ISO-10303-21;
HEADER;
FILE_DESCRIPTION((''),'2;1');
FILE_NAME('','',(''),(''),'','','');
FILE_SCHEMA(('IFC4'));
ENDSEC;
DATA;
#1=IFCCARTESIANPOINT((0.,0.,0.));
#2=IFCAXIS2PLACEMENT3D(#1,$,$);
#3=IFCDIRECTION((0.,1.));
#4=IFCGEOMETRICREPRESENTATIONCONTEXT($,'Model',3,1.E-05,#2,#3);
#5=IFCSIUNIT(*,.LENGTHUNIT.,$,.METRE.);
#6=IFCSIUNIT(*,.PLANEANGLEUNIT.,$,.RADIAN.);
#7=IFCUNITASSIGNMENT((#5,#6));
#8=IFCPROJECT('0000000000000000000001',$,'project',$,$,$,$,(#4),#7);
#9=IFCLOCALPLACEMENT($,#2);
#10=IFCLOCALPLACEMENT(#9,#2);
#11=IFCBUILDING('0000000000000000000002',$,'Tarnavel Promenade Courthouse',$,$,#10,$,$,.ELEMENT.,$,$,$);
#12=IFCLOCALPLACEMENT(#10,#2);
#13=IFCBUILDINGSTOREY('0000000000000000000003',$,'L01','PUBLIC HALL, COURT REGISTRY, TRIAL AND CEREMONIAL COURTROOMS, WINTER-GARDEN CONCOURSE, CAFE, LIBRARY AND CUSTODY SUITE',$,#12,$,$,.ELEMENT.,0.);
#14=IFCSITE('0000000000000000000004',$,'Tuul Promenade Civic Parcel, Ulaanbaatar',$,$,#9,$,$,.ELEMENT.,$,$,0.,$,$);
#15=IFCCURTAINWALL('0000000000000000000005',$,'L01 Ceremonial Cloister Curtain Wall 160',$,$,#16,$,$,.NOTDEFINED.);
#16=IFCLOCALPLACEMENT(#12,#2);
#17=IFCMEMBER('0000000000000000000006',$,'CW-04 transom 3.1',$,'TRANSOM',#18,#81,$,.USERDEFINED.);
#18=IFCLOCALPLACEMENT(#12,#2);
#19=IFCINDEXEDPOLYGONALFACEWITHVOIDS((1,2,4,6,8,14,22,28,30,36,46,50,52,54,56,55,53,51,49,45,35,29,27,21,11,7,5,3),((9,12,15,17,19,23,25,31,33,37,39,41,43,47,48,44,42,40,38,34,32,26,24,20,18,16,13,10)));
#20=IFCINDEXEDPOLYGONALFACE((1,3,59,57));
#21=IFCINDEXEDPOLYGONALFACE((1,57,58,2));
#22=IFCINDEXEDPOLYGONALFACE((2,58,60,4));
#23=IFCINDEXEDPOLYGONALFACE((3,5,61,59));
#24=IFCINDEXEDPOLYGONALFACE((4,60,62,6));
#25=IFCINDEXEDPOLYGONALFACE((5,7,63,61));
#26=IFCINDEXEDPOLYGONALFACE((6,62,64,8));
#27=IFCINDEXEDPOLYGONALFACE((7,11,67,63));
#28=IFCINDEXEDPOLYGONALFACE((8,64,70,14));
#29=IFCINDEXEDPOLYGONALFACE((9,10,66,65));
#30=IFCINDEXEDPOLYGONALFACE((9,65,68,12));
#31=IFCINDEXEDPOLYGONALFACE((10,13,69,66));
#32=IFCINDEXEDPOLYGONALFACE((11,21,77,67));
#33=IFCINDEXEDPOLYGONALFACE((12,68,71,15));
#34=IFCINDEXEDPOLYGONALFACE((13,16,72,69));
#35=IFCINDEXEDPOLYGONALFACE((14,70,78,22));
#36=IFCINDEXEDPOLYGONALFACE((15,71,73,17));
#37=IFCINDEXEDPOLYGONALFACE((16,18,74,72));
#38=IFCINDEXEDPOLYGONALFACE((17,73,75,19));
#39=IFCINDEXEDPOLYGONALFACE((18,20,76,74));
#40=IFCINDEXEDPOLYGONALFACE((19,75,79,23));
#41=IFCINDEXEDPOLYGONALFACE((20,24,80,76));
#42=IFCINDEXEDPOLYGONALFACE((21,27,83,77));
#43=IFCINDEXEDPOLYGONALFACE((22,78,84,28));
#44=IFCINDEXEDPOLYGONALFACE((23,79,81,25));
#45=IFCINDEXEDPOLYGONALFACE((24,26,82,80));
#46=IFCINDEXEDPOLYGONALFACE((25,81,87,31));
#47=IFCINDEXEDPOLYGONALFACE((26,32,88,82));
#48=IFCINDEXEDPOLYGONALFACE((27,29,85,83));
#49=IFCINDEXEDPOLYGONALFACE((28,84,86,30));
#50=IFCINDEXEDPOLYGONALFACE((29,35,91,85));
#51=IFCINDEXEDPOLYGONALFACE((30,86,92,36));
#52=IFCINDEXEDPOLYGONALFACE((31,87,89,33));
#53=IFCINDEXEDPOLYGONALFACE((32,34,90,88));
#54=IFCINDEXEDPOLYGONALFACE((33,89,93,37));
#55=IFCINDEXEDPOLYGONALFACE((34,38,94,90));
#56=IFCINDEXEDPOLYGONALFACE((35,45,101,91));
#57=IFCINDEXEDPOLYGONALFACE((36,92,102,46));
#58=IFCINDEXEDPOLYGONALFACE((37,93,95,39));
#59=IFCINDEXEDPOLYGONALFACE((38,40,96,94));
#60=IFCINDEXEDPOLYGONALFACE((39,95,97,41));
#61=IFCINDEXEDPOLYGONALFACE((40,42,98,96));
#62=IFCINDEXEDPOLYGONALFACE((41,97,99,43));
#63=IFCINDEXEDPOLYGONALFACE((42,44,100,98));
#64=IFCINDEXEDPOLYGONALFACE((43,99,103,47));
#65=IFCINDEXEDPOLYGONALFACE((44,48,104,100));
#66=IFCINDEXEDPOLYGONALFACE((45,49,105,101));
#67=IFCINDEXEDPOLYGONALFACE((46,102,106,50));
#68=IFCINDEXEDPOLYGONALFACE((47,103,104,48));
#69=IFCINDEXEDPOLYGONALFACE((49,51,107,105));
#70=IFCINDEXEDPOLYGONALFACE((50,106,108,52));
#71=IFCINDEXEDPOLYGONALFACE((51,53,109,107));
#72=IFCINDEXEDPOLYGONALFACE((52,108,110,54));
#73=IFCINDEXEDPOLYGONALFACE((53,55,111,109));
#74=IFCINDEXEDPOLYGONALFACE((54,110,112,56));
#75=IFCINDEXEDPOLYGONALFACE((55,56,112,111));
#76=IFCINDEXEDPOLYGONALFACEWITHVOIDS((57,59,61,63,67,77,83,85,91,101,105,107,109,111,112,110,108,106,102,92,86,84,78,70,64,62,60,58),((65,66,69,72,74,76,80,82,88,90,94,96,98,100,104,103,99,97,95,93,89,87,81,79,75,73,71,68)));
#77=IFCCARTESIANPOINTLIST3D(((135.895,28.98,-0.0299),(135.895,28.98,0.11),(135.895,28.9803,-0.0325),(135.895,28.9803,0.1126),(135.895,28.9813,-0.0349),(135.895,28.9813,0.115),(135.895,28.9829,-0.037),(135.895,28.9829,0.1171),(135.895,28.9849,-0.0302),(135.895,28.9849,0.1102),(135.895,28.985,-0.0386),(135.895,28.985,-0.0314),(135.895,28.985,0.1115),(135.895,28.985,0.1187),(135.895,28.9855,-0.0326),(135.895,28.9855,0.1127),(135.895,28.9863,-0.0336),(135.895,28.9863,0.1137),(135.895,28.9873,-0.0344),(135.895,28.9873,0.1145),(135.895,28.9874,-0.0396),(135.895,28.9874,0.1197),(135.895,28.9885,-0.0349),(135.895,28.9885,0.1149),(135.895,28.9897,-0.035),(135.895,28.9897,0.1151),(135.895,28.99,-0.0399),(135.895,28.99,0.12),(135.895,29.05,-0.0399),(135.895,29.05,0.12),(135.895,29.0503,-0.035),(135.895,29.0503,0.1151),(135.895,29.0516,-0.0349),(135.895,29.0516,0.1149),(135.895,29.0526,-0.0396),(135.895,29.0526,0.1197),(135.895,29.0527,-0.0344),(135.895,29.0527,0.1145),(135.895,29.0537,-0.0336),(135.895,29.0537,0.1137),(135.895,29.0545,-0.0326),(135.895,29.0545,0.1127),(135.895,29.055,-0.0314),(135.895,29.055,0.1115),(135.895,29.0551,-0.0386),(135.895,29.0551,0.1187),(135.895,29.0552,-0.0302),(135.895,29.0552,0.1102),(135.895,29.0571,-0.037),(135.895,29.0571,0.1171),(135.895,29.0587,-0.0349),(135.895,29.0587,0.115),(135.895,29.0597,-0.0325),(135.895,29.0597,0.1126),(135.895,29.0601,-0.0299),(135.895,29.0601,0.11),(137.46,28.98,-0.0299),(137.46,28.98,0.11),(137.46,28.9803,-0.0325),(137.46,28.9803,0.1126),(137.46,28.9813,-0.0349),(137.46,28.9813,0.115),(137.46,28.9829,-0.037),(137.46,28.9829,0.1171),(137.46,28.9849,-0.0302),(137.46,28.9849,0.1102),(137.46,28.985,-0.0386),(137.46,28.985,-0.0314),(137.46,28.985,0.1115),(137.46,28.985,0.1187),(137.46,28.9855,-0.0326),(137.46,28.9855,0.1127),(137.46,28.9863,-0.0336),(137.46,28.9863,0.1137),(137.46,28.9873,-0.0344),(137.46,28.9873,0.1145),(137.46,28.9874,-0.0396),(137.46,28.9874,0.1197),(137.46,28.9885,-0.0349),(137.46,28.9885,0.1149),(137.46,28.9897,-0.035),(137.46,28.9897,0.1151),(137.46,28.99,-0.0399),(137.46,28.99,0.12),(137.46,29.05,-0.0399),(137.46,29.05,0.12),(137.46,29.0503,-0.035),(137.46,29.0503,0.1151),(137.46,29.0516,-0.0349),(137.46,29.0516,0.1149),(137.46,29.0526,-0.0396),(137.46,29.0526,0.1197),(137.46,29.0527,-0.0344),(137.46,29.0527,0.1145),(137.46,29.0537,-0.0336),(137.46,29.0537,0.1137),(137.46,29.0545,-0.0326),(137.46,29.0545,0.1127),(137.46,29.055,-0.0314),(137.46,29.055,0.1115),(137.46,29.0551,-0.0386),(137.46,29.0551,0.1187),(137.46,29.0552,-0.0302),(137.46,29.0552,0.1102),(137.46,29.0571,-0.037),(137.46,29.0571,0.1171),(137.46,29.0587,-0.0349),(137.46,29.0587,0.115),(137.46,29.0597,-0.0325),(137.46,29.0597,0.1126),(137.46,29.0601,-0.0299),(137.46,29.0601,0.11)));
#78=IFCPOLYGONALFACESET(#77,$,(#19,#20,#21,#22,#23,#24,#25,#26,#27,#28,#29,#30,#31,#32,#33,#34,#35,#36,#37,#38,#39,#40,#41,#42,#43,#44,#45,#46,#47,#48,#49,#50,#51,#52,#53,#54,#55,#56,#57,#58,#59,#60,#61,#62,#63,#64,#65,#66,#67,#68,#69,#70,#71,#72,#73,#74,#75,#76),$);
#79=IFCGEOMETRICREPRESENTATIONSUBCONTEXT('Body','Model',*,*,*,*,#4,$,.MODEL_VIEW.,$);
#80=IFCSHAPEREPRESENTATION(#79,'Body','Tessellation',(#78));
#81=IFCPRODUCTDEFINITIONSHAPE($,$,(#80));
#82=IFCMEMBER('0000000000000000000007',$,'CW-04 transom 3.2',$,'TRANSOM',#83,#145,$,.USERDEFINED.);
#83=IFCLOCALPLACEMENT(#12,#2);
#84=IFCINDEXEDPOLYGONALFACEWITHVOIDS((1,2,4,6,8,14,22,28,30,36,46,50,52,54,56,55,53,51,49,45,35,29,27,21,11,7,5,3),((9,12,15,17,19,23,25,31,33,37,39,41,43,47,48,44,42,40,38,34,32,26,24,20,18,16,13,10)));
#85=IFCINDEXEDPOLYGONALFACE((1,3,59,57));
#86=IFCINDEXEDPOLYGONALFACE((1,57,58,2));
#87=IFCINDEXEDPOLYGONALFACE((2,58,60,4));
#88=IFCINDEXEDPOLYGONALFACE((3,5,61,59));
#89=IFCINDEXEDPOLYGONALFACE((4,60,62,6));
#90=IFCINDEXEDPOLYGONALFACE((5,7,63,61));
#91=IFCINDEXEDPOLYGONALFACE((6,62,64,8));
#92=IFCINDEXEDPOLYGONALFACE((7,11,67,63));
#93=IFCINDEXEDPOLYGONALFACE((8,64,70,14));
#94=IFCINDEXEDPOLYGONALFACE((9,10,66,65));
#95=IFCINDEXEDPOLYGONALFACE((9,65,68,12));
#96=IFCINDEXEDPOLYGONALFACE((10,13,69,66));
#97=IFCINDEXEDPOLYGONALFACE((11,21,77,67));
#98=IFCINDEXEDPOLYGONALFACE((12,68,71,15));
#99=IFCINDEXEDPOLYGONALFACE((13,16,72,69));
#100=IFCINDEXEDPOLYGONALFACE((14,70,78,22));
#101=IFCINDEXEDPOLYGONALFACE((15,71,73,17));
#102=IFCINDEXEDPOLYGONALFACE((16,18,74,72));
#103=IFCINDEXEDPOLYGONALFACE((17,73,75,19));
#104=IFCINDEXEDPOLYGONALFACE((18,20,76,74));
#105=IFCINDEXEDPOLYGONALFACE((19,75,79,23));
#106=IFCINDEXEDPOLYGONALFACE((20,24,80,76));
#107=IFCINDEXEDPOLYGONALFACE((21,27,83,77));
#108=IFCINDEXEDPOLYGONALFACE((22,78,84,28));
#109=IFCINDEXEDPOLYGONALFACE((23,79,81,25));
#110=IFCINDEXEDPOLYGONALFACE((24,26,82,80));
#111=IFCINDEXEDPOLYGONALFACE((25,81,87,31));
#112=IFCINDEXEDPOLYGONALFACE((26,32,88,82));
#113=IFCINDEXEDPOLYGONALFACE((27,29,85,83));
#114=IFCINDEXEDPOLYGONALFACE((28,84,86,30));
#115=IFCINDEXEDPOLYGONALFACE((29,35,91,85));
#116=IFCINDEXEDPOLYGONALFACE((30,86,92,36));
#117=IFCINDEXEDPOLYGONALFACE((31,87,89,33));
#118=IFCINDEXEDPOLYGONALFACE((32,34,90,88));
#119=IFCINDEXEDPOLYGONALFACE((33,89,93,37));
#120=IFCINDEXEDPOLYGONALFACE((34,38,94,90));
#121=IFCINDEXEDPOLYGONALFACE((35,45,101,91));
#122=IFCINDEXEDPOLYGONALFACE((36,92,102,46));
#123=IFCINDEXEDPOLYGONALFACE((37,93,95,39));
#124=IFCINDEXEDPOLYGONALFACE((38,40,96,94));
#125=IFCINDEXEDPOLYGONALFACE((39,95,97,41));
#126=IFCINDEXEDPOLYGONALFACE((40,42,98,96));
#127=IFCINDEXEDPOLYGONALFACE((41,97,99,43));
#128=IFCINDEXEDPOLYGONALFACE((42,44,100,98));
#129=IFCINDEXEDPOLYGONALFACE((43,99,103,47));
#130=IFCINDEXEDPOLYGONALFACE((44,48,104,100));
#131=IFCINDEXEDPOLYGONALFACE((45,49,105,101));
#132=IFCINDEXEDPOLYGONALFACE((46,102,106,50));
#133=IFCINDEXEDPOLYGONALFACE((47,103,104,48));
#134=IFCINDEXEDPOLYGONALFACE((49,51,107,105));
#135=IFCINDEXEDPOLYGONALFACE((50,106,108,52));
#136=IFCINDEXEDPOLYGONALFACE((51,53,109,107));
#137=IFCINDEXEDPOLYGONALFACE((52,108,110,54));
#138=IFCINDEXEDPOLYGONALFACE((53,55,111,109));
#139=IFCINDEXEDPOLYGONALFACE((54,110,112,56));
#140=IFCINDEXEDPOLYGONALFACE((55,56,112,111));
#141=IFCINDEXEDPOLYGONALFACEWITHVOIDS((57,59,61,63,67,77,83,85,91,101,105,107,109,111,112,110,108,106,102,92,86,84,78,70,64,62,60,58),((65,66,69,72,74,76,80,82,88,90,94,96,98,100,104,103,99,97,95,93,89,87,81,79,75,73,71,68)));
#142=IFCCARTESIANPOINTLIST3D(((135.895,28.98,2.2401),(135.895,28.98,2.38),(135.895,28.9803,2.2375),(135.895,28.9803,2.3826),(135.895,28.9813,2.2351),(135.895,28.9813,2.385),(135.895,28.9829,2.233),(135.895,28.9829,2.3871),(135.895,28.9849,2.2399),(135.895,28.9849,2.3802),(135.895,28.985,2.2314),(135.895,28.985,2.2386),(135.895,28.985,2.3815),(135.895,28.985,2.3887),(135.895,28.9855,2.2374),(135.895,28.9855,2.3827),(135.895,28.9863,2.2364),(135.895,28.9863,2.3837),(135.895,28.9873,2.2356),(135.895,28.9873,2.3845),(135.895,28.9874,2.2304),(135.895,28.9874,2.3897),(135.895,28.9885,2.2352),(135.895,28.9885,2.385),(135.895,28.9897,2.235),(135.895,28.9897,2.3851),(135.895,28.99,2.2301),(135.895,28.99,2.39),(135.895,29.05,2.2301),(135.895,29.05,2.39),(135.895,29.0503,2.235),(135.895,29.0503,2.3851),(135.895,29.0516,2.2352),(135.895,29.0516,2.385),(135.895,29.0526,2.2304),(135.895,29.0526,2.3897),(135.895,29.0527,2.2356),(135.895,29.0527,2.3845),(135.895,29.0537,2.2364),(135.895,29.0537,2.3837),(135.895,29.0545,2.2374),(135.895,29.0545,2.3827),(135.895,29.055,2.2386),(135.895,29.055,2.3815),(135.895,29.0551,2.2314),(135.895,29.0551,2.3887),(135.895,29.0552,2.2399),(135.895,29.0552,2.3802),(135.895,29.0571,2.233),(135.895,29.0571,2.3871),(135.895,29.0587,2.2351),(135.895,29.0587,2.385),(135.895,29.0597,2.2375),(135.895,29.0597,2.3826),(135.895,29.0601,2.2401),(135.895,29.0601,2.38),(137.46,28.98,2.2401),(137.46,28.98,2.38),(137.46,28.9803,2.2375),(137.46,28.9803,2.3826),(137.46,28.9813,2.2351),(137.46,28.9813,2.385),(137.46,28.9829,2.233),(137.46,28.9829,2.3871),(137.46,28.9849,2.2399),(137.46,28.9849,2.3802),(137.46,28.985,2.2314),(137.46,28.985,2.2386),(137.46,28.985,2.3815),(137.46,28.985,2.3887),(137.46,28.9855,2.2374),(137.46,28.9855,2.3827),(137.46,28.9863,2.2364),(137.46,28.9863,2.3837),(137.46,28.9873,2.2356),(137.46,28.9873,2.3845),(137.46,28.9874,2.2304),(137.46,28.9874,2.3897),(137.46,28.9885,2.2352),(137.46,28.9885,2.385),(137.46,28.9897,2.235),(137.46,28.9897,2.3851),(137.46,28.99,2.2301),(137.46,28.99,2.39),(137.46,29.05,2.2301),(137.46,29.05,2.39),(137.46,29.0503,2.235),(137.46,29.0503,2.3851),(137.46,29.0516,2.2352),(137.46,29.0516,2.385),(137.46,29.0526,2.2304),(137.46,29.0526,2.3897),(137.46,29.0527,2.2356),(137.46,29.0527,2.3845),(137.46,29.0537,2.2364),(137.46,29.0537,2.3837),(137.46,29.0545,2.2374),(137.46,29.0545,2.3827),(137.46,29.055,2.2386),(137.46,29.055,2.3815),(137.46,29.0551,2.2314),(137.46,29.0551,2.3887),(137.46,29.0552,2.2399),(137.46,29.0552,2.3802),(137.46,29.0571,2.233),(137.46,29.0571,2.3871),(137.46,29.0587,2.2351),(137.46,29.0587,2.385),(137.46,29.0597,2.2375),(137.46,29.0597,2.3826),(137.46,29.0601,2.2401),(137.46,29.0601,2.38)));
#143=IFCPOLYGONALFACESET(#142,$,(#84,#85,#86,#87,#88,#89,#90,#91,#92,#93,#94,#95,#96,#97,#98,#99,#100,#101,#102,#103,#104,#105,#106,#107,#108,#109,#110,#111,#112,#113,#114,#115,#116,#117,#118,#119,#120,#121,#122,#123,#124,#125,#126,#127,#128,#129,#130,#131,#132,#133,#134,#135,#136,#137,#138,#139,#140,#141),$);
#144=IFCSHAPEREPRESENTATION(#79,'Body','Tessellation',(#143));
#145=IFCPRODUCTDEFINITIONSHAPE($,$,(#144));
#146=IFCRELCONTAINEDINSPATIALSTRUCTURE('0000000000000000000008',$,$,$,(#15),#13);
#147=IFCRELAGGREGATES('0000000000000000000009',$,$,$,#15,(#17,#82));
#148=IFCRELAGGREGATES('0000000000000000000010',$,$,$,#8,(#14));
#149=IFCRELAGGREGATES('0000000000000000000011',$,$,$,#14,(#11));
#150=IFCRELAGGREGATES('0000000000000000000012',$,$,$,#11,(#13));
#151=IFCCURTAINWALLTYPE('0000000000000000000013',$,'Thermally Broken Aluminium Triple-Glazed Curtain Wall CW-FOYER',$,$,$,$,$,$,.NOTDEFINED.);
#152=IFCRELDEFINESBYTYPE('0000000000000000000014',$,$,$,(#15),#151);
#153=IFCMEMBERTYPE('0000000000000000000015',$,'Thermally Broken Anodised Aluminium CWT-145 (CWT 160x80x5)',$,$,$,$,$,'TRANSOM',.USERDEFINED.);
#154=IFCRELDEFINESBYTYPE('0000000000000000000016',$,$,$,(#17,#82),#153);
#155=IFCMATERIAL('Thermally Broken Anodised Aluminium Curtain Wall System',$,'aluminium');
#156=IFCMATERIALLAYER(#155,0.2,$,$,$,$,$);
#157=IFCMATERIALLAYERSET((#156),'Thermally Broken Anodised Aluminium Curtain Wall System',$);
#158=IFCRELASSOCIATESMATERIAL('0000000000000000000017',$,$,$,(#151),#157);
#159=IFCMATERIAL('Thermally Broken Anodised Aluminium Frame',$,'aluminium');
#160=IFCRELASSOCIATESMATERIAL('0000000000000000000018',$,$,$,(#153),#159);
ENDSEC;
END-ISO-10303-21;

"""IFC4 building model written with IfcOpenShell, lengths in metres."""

from ifc_helpers import new_model, si_unit, direction, frame, origin, origin_2d, place, context, subcontext, project, spatial, hollow_rectangle, extrude, material, layer, layer_set, material_profile, profile_set, type_object, element, aggregate, save


model = new_model("IFC4")

# Units and contexts
model_context = context("Model", 3, precision=1e-05, world=origin(), true_north=direction((0.0, 1.0)))
body_context = subcontext(model_context, "Body", "Model", "MODEL_VIEW")
ifc_project = project(units=[si_unit("LENGTHUNIT", "METRE"), si_unit("PLANEANGLEUNIT", "RADIAN")], contexts=[model_context])

# Site, building, storey
site_placement = place(None, origin())
site = spatial("IfcSite", under=ifc_project, at=site_placement, Name="Tuul Promenade Civic Parcel, Ulaanbaatar", CompositionType="ELEMENT", RefElevation=0.0)
building_placement = place(site_placement, origin())
building = spatial("IfcBuilding", under=site, at=building_placement, Name="Tarnavel Promenade Courthouse", CompositionType="ELEMENT")
storey_placement = place(building_placement, origin())
storey = spatial("IfcBuildingStorey", under=building, at=storey_placement, Name="L01", Description="PUBLIC HALL, COURT REGISTRY, TRIAL AND CEREMONIAL COURTROOMS, WINTER-GARDEN CONCOURSE, CAFE, LIBRARY AND CUSTODY SUITE", CompositionType="ELEMENT", Elevation=0.0)

# Curtain wall
ifc_material_1 = material(Name="Thermally Broken Anodised Aluminium Curtain Wall System", Category="aluminium")
ifc_layer_1 = layer(ifc_material_1, 0.2)
ifc_layer_set_1 = layer_set([ifc_layer_1], Name="Thermally Broken Anodised Aluminium Curtain Wall System")
curtain_wall_type = type_object("IfcCurtainWallType", Name="Thermally Broken Aluminium Triple-Glazed Curtain Wall CW-FOYER", PredefinedType="NOTDEFINED", material=ifc_layer_set_1)
curtain_wall_1_placement = place(storey_placement, origin())
curtain_wall_1 = element("IfcCurtainWall", 1, at=curtain_wall_1_placement, inside=storey, type_object=curtain_wall_type, Name="L01 Ceremonial Cloister Curtain Wall 160", PredefinedType="NOTDEFINED")
ifc_material_2 = material(Name="Thermally Broken Anodised Aluminium Frame", Category="aluminium")

# Members
ifc_material_profile_1 = material_profile(ifc_material_2, hollow_rectangle(XDim=0.0801, YDim=0.1599, WallThickness=0.0049, InnerFilletRadius=0.0049, OuterFilletRadius=0.01, at=origin_2d()), Name="CWT 160x80x5")
ifc_profile_set_1 = profile_set([ifc_material_profile_1], Name="Thermally Broken Anodised Aluminium Frame")
member_type_1 = type_object("IfcMemberType", Name="Thermally Broken Anodised Aluminium CWT-145 (CWT 160x80x5)", ElementType="TRANSOM", PredefinedType="USERDEFINED", material=ifc_profile_set_1)
member_1_placement = place(storey_placement, frame((135.895, 29.02, 0.04), z_axis=(1.0, 0.0, 0.0), x_axis=(0.0, 1.0, 0.0)))
member_1 = element("IfcMember", 2, at=member_1_placement, type_object=member_type_1, Name="CW-04 transom 3.1", ObjectType="TRANSOM", PredefinedType="USERDEFINED", context=body_context, shape_type="SweptSolid", body=[
    extrude(hollow_rectangle(XDim=0.0801, YDim=0.1599, WallThickness=0.0049, InnerFilletRadius=0.0049, OuterFilletRadius=0.01, at=origin_2d()), origin(), (0.0, 0.0, 1.0), 1.5649),
])
member_2_placement = place(storey_placement, frame((135.895, 29.02, 2.3101), z_axis=(1.0, 0.0, 0.0), x_axis=(0.0, 1.0, 0.0)))
member_2 = element("IfcMember", 3, at=member_2_placement, type_object=member_type_1, Name="CW-04 transom 3.2", ObjectType="TRANSOM", PredefinedType="USERDEFINED", context=body_context, shape_type="SweptSolid", body=[
    extrude(hollow_rectangle(XDim=0.0801, YDim=0.1599, WallThickness=0.0049, InnerFilletRadius=0.0049, OuterFilletRadius=0.01, at=origin_2d()), origin(), (0.0, 0.0, 1.0), 1.5649),
])

aggregate(curtain_wall_1, [member_1, member_2])

save(model, "model.ifc")
